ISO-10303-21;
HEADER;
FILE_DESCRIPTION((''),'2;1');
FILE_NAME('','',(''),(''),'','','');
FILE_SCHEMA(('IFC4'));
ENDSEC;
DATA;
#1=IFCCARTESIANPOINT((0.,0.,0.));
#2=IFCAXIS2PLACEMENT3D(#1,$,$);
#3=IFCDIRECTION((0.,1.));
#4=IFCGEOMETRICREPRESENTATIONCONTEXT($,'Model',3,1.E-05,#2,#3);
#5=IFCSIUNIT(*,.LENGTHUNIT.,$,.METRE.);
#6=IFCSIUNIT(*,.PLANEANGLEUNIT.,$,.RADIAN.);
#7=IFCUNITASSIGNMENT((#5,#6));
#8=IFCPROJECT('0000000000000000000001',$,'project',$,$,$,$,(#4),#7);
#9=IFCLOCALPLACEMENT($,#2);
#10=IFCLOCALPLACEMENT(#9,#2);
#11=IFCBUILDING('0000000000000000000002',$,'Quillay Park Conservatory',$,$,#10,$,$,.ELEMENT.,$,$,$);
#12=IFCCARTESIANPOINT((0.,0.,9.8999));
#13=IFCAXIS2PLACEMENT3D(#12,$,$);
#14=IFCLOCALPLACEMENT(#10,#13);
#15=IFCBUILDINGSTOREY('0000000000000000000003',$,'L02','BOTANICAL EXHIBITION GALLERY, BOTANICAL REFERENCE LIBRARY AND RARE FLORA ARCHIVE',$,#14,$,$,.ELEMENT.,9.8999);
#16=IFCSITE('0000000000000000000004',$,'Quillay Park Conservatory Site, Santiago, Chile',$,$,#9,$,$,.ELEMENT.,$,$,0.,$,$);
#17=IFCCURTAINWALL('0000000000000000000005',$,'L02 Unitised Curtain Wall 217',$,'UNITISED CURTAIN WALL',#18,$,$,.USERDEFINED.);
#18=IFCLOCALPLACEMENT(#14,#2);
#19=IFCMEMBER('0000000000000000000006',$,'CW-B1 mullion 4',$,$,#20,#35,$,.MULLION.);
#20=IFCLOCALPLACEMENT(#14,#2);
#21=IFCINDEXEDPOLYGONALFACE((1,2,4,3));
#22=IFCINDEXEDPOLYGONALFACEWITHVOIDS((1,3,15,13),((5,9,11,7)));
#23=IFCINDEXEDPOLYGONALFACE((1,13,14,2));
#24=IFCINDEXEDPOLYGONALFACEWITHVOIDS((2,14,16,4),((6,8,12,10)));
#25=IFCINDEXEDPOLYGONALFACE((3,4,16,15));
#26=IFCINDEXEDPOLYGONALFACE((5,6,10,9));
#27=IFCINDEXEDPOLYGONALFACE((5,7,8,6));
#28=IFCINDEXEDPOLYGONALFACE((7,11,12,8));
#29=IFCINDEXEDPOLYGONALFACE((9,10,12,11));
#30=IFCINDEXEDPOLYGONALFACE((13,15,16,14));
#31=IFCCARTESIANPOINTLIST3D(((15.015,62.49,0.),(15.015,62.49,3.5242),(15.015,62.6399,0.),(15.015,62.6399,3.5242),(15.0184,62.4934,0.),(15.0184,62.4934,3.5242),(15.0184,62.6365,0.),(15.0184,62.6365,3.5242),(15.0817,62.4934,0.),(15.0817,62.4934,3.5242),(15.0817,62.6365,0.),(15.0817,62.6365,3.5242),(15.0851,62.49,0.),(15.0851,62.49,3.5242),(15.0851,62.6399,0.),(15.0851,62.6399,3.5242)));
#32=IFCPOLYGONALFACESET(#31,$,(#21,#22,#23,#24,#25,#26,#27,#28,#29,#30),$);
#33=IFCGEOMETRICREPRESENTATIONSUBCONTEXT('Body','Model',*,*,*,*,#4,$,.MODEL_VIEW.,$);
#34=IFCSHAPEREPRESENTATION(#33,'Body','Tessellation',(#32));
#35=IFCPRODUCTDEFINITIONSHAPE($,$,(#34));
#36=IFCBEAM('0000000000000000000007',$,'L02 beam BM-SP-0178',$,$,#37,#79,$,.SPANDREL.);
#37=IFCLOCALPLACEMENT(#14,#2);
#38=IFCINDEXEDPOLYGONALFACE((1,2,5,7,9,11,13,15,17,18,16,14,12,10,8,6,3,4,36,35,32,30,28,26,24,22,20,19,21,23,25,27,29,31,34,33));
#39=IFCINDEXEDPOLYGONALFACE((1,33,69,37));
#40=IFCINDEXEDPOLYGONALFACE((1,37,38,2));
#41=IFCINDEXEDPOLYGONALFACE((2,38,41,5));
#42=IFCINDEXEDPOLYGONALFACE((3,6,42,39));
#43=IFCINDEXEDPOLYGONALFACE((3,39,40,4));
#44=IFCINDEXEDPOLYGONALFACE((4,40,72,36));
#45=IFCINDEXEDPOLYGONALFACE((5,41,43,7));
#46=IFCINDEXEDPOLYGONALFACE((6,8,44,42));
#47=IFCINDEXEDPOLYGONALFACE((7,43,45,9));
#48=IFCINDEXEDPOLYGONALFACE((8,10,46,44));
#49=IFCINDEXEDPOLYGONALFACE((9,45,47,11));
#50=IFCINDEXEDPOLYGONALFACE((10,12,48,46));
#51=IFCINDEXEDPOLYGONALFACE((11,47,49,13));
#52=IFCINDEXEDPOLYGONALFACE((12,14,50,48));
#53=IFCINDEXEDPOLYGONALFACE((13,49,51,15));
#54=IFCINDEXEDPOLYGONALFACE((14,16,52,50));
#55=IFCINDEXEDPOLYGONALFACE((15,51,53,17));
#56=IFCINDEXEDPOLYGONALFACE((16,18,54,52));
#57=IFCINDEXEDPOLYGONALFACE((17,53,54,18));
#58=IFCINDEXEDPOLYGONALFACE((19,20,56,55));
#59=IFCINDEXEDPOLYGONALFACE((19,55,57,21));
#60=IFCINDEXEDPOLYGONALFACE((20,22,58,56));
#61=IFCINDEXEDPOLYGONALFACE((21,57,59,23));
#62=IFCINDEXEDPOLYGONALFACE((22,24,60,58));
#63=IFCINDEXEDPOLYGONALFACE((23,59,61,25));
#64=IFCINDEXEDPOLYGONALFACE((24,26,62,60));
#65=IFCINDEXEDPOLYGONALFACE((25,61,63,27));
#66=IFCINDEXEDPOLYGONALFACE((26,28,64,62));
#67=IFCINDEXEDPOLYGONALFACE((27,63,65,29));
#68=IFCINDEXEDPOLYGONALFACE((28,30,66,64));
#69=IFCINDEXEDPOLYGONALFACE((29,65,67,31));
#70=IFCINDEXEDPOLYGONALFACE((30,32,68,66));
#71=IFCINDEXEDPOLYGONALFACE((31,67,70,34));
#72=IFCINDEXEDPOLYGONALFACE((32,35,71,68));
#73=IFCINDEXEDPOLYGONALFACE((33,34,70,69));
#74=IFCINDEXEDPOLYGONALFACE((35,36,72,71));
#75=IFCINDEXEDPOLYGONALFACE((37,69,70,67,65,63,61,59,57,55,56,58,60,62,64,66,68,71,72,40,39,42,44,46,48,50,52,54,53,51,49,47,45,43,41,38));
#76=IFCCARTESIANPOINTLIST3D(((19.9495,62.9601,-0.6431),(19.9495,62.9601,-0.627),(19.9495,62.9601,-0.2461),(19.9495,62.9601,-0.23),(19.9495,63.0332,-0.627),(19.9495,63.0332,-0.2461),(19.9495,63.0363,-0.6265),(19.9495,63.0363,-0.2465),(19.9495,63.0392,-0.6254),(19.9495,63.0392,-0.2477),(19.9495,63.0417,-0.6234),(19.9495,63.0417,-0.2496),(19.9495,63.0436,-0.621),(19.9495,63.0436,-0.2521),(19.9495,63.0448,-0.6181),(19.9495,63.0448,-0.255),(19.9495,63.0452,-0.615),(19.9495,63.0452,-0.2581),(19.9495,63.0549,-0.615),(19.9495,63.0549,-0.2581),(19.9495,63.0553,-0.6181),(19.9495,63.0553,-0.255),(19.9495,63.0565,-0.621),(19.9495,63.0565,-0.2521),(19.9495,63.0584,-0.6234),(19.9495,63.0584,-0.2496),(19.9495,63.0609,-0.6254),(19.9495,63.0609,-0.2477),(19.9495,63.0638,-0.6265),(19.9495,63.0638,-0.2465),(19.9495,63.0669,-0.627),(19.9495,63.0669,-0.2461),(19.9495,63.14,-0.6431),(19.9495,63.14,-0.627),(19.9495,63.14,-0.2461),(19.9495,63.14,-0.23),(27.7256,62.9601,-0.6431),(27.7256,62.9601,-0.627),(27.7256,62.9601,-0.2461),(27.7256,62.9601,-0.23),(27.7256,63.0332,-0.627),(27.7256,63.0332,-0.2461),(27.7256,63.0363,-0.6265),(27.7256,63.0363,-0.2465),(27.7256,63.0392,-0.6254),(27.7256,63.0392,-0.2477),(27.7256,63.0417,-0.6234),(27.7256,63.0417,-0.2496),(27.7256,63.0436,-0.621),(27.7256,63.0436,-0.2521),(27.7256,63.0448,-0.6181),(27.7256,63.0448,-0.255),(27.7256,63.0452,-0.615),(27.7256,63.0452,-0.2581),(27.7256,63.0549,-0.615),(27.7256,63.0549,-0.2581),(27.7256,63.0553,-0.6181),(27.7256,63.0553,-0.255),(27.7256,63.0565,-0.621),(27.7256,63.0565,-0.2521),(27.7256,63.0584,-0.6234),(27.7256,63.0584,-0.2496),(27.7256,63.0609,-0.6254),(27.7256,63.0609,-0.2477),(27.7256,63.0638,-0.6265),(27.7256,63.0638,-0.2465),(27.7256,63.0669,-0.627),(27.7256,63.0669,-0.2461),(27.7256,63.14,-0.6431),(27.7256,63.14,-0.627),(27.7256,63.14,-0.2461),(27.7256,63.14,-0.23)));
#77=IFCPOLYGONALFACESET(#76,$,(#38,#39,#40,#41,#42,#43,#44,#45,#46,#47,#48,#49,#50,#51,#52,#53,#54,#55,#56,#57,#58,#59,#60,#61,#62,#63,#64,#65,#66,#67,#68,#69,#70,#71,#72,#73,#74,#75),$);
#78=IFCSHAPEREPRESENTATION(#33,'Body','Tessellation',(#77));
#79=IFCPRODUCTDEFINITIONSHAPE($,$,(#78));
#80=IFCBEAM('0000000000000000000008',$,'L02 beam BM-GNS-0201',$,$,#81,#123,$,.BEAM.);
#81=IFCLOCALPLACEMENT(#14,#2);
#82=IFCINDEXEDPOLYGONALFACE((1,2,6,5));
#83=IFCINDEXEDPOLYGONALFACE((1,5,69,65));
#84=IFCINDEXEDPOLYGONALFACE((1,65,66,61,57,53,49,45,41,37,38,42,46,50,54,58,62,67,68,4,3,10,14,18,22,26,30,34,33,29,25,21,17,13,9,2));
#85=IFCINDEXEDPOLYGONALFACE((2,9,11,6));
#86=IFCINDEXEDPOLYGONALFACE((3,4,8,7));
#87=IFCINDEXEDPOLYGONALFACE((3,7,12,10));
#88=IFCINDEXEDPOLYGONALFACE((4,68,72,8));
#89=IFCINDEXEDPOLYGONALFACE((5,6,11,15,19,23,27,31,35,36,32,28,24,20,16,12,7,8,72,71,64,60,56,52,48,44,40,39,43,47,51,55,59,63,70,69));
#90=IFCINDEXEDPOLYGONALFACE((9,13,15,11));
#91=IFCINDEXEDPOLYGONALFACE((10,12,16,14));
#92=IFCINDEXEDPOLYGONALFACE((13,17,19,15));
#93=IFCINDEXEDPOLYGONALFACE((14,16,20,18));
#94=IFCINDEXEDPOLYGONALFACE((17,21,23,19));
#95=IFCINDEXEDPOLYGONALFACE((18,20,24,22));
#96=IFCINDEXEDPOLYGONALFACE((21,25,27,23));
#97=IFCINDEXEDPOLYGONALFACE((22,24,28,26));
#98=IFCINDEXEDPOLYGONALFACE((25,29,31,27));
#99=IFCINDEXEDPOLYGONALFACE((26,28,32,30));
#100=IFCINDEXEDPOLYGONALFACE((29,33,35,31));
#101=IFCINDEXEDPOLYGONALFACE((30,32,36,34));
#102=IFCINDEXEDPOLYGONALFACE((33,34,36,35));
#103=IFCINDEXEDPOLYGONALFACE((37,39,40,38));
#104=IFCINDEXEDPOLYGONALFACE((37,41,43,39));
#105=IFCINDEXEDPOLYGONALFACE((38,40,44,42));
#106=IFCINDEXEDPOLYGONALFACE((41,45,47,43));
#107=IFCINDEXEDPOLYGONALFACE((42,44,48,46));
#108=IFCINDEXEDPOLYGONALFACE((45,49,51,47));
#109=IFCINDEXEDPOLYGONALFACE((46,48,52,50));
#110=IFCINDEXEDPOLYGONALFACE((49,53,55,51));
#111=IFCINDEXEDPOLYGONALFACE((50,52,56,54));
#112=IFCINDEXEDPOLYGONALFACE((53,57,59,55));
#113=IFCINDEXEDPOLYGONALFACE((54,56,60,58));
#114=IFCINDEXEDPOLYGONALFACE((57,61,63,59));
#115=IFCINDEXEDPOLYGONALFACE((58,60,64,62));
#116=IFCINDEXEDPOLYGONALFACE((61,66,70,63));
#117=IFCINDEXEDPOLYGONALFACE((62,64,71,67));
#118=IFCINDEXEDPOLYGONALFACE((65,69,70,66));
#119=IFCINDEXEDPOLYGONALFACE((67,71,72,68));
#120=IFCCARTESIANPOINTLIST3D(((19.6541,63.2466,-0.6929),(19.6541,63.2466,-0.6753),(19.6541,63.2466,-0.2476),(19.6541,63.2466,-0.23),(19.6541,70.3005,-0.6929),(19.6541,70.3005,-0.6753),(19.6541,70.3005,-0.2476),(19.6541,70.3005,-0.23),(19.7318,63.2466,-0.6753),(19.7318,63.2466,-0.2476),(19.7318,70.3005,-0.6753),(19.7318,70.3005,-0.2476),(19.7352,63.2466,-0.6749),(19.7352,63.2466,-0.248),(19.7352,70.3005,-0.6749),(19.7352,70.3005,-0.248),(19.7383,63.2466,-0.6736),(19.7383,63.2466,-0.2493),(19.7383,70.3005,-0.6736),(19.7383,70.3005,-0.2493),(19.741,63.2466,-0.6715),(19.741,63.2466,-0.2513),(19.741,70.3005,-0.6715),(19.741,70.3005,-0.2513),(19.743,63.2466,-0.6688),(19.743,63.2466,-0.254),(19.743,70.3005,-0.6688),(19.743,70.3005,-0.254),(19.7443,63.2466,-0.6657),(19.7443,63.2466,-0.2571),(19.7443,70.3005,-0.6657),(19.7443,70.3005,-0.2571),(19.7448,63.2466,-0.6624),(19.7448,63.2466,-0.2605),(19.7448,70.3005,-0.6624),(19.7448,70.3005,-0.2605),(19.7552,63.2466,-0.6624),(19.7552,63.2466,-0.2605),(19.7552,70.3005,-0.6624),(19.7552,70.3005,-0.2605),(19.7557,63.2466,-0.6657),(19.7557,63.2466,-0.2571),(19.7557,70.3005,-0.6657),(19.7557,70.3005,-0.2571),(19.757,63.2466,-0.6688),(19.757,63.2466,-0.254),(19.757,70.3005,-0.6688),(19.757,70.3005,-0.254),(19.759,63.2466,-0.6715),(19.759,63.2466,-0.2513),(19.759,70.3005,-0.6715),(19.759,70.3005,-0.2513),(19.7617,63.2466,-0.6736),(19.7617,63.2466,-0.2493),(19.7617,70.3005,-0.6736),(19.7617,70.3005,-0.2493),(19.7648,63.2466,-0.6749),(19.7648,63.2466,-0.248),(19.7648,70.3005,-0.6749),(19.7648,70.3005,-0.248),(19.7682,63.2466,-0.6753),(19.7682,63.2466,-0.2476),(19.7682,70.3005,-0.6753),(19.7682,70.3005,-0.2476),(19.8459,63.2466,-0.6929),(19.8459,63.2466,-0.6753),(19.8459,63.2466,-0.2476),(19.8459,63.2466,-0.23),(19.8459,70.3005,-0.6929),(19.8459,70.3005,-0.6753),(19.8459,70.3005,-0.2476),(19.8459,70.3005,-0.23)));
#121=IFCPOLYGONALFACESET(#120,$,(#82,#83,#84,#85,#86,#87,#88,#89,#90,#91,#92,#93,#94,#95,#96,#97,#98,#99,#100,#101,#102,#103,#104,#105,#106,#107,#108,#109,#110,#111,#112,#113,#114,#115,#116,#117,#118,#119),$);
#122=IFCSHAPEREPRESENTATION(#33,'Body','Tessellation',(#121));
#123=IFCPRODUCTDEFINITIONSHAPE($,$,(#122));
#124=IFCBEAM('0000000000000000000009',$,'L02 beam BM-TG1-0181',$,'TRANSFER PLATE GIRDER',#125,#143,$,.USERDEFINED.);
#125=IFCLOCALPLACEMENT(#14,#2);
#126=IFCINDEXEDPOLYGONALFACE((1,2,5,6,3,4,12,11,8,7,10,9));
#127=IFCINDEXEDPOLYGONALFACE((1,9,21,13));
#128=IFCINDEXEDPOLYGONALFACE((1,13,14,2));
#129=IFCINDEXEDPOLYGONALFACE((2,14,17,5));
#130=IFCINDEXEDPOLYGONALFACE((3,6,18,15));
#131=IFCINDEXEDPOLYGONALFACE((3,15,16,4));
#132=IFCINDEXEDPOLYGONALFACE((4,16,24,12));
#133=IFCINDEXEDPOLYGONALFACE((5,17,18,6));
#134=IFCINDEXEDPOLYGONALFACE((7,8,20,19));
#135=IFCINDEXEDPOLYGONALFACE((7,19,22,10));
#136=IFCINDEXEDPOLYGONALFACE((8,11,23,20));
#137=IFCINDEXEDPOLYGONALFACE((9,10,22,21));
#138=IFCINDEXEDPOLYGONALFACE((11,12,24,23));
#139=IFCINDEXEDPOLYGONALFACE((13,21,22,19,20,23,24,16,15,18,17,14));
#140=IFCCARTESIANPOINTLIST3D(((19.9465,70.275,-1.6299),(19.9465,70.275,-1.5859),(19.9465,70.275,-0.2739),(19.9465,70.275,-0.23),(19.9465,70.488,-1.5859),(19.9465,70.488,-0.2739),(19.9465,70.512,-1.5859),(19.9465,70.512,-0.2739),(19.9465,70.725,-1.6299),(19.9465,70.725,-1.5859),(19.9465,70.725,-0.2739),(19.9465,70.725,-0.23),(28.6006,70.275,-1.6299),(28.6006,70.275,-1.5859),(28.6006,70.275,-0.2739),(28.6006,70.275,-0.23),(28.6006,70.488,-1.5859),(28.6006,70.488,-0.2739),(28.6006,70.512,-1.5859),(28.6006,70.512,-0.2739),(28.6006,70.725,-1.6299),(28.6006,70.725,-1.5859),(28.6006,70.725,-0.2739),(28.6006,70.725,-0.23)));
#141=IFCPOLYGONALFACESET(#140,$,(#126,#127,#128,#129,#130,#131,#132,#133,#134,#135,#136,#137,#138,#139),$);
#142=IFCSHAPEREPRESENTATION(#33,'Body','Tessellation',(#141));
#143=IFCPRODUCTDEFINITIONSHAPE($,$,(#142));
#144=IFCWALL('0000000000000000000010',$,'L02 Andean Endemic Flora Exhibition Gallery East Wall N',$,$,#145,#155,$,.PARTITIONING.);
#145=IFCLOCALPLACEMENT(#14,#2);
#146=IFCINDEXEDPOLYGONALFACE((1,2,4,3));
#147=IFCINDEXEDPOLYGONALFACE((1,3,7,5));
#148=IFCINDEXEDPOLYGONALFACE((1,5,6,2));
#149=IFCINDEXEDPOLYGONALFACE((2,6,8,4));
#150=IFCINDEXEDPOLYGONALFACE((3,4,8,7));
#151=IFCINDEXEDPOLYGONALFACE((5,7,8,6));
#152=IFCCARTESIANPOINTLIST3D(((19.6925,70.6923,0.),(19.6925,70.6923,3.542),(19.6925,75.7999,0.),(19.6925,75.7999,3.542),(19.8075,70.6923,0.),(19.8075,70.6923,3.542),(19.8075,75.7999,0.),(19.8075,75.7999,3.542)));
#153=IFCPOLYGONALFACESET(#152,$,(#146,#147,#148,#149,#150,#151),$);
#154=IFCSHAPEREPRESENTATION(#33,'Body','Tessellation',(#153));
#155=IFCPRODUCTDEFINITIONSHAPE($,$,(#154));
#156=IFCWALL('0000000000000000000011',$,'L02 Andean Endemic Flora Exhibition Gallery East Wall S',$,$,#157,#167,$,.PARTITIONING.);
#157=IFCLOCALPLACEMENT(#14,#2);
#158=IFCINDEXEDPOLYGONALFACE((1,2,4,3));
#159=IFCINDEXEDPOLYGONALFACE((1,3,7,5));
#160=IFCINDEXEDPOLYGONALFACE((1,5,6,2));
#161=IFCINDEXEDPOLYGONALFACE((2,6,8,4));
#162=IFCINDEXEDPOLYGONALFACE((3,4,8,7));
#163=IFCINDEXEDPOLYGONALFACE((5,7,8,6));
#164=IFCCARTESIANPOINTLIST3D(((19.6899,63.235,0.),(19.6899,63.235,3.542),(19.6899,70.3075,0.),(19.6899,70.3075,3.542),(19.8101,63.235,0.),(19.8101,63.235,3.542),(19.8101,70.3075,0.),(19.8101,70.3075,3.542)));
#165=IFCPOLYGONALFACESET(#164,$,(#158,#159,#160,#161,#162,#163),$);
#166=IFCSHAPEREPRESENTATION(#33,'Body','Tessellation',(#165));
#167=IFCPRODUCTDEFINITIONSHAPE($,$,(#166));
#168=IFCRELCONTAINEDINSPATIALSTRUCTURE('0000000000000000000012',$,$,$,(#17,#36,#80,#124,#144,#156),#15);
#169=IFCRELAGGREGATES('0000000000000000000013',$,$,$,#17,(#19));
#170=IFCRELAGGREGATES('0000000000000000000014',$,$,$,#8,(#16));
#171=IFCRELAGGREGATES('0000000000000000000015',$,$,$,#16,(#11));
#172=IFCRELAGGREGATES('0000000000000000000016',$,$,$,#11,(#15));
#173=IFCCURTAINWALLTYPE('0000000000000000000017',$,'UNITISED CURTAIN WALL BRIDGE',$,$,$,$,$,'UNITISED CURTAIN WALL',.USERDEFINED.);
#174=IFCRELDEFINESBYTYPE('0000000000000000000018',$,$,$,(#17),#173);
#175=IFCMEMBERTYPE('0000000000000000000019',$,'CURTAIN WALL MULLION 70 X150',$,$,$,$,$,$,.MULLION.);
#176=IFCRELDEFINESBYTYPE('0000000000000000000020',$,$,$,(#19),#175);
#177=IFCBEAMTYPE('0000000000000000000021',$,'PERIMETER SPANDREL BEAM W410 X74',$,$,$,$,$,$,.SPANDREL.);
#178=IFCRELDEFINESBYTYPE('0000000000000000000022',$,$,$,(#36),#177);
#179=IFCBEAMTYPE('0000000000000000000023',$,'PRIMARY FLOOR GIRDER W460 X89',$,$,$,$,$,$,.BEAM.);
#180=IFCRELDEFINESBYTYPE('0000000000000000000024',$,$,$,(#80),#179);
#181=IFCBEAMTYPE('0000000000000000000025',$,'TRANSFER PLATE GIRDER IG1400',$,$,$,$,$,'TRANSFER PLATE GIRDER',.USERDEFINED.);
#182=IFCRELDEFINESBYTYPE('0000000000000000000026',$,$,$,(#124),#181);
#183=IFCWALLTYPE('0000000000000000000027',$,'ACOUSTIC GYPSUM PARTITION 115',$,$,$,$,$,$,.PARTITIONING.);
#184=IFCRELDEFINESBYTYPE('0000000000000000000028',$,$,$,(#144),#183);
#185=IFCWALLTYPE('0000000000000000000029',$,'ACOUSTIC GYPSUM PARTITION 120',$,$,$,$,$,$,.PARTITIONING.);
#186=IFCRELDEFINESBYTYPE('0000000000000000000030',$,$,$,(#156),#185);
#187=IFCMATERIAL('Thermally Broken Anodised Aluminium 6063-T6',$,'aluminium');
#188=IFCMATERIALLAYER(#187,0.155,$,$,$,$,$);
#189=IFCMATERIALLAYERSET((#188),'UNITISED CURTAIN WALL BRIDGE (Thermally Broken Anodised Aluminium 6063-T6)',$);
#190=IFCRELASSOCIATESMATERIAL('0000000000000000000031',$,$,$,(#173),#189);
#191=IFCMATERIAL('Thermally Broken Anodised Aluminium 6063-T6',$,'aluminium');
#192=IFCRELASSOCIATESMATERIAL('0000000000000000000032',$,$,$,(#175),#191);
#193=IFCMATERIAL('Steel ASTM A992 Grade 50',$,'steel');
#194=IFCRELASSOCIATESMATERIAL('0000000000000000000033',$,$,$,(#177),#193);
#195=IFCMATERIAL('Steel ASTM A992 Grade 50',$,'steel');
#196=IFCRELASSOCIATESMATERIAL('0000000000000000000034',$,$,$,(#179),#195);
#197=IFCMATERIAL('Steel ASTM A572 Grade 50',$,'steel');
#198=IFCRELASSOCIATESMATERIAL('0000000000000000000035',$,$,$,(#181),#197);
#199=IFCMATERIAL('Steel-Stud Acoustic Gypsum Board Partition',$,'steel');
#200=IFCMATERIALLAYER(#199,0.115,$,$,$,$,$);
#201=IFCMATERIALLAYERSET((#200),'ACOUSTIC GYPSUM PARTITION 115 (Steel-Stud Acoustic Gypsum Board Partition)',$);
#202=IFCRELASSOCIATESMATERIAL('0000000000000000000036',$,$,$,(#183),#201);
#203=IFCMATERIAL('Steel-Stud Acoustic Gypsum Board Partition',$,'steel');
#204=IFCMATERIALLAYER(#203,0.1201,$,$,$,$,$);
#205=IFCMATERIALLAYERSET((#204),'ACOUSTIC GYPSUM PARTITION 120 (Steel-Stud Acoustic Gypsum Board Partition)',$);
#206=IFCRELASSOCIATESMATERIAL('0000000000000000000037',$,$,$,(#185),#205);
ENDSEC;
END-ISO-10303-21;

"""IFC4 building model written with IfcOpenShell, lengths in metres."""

from ifc_helpers import new_model, si_unit, direction, frame, frame_2d, origin, origin_2d, place, context, subcontext, project, spatial, rectangle, hollow_rectangle, i_section, extrude, material, layer, layer_set, material_profile, profile_set, type_object, element, aggregate, save


model = new_model("IFC4")

# Units and contexts
model_context = context("Model", 3, precision=1e-05, world=origin(), true_north=direction((0.0, 1.0)))
body_context = subcontext(model_context, "Body", "Model", "MODEL_VIEW")
ifc_project = project(units=[si_unit("LENGTHUNIT", "METRE"), si_unit("PLANEANGLEUNIT", "RADIAN")], contexts=[model_context])

# Site, building, storey
site_placement = place(None, origin())
site = spatial("IfcSite", under=ifc_project, at=site_placement, Name="Quillay Park Conservatory Site, Santiago, Chile", CompositionType="ELEMENT", RefElevation=0.0)
building_placement = place(site_placement, origin())
building = spatial("IfcBuilding", under=site, at=building_placement, Name="Quillay Park Conservatory", CompositionType="ELEMENT")
storey_placement = place(building_placement, frame((0.0, 0.0, 9.8999)))
storey = spatial("IfcBuildingStorey", under=building, at=storey_placement, Name="L02", Description="BOTANICAL EXHIBITION GALLERY, BOTANICAL REFERENCE LIBRARY AND RARE FLORA ARCHIVE", CompositionType="ELEMENT", Elevation=9.8999)

# Curtain wall, member
ifc_material_1 = material(Name="Thermally Broken Anodised Aluminium 6063-T6", Category="aluminium")
ifc_layer_1 = layer(ifc_material_1, 0.155)
ifc_layer_set_1 = layer_set([ifc_layer_1], Name="UNITISED CURTAIN WALL BRIDGE (Thermally Broken Anodised Aluminium 6063-T6)")
curtain_wall_type = type_object("IfcCurtainWallType", Name="UNITISED CURTAIN WALL BRIDGE", ElementType="UNITISED CURTAIN WALL", PredefinedType="USERDEFINED", material=ifc_layer_set_1)
curtain_wall_placement = place(storey_placement, origin())
curtain_wall = element("IfcCurtainWall", 1, at=curtain_wall_placement, inside=storey, type_object=curtain_wall_type, Name="L02 Unitised Curtain Wall 217", ObjectType="UNITISED CURTAIN WALL", PredefinedType="USERDEFINED")
ifc_material_2 = material(Name="Thermally Broken Anodised Aluminium 6063-T6", Category="aluminium")
ifc_material_profile_1 = material_profile(ifc_material_2, hollow_rectangle(XDim=0.0701, YDim=0.1499, WallThickness=0.0034, at=origin_2d()), Name="AL70x150x3.5")
ifc_profile_set_1 = profile_set([ifc_material_profile_1], Name="Thermally Broken Anodised Aluminium 6063-T6")
member_type = type_object("IfcMemberType", Name="CURTAIN WALL MULLION 70 X150", PredefinedType="MULLION", material=ifc_profile_set_1)
member_placement = place(storey_placement, frame((15.05, 62.5649, 0.0), z_axis=(0.0, 0.0, 1.0), x_axis=(-1.0, 0.0, 0.0)))
member = element("IfcMember", 2, at=member_placement, type_object=member_type, Name="CW-B1 mullion 4", PredefinedType="MULLION", context=body_context, shape_type="SweptSolid", body=[
    extrude(hollow_rectangle(XDim=0.0701, YDim=0.1499, WallThickness=0.0034, at=origin_2d()), origin(), (0.0, 0.0, 1.0), 3.5242),
])
aggregate(curtain_wall, [member])

# Beams
ifc_material_3 = material(Name="Steel ASTM A992 Grade 50", Category="steel")
ifc_material_profile_2 = material_profile(ifc_material_3, i_section(OverallWidth=0.1799, OverallDepth=0.4131, WebThickness=0.0098, FlangeThickness=0.0161, FilletRadius=0.012, at=origin_2d()), Name="W410x74")
ifc_profile_set_2 = profile_set([ifc_material_profile_2], Name="Steel ASTM A992 Grade 50")
beam_type_1 = type_object("IfcBeamType", Name="PERIMETER SPANDREL BEAM W410 X74", PredefinedType="SPANDREL", material=ifc_profile_set_2)
beam_1_placement = place(storey_placement, frame((19.9495, 63.05, -0.4365), z_axis=(1.0, 0.0, 0.0), x_axis=(0.0, 1.0, 0.0)))
element("IfcBeam", 3, at=beam_1_placement, inside=storey, type_object=beam_type_1, Name="L02 beam BM-SP-0178", PredefinedType="SPANDREL", context=body_context, shape_type="SweptSolid", body=[
    extrude(i_section(OverallWidth=0.1799, OverallDepth=0.4131, WebThickness=0.0098, FlangeThickness=0.0161, FilletRadius=0.012, at=origin_2d()), origin(), (0.0, 0.0, 1.0), 7.7761),
])
ifc_material_4 = material(Name="Steel ASTM A992 Grade 50", Category="steel")
ifc_material_profile_3 = material_profile(ifc_material_4, i_section(OverallWidth=0.1919, OverallDepth=0.4629, WebThickness=0.0105, FlangeThickness=0.0176, FilletRadius=0.0129, at=origin_2d()), Name="W460x89")
ifc_profile_set_3 = profile_set([ifc_material_profile_3], Name="Steel ASTM A992 Grade 50")
beam_type_2 = type_object("IfcBeamType", Name="PRIMARY FLOOR GIRDER W460 X89", PredefinedType="BEAM", material=ifc_profile_set_3)
beam_2_placement = place(storey_placement, frame((19.75, 63.2466, -0.4614), z_axis=(0.0, 1.0, 0.0), x_axis=(-1.0, 0.0, 0.0)))
element("IfcBeam", 4, at=beam_2_placement, inside=storey, type_object=beam_type_2, Name="L02 beam BM-GNS-0201", PredefinedType="BEAM", context=body_context, shape_type="SweptSolid", body=[
    extrude(i_section(OverallWidth=0.1919, OverallDepth=0.4629, WebThickness=0.0105, FlangeThickness=0.0176, FilletRadius=0.0129, at=origin_2d()), origin(), (0.0, 0.0, 1.0), 7.054),
])
ifc_material_5 = material(Name="Steel ASTM A572 Grade 50", Category="steel")
ifc_material_profile_4 = material_profile(ifc_material_5, i_section(OverallWidth=0.45, OverallDepth=1.3999, WebThickness=0.0239, FlangeThickness=0.0439, at=origin_2d()), Name="IG1400x450")
ifc_profile_set_4 = profile_set([ifc_material_profile_4], Name="Steel ASTM A572 Grade 50")
beam_type_3 = type_object("IfcBeamType", Name="TRANSFER PLATE GIRDER IG1400", ElementType="TRANSFER PLATE GIRDER", PredefinedType="USERDEFINED", material=ifc_profile_set_4)
beam_3_placement = place(storey_placement, frame((19.9465, 70.5, -0.9299), z_axis=(1.0, 0.0, 0.0), x_axis=(0.0, 1.0, 0.0)))
element("IfcBeam", 5, at=beam_3_placement, inside=storey, type_object=beam_type_3, Name="L02 beam BM-TG1-0181", ObjectType="TRANSFER PLATE GIRDER", PredefinedType="USERDEFINED", context=body_context, shape_type="SweptSolid", body=[
    extrude(i_section(OverallWidth=0.45, OverallDepth=1.3999, WebThickness=0.0239, FlangeThickness=0.0439, at=origin_2d()), origin(), (0.0, 0.0, 1.0), 8.6541),
])

# Walls
ifc_material_6 = material(Name="Steel-Stud Acoustic Gypsum Board Partition", Category="steel")
ifc_layer_2 = layer(ifc_material_6, 0.115)
ifc_layer_set_2 = layer_set([ifc_layer_2], Name="ACOUSTIC GYPSUM PARTITION 115 (Steel-Stud Acoustic Gypsum Board Partition)")
wall_type_1 = type_object("IfcWallType", Name="ACOUSTIC GYPSUM PARTITION 115", PredefinedType="PARTITIONING", material=ifc_layer_set_2)
wall_1_placement = place(storey_placement, frame((19.75, 70.6924, 0.0), z_axis=(0.0, 0.0, 1.0), x_axis=(0.0, 1.0, 0.0)))
element("IfcWall", 6, at=wall_1_placement, inside=storey, type_object=wall_type_1, Name="L02 Andean Endemic Flora Exhibition Gallery East Wall N", PredefinedType="PARTITIONING", context=body_context, shape_type="SweptSolid", body=[
    extrude(rectangle(XDim=5.1077, YDim=0.115, at=frame_2d((2.5537, 0.0))), origin(), (0.0, 0.0, 1.0), 3.542),
])
ifc_material_7 = material(Name="Steel-Stud Acoustic Gypsum Board Partition", Category="steel")
ifc_layer_3 = layer(ifc_material_7, 0.1201)
ifc_layer_set_3 = layer_set([ifc_layer_3], Name="ACOUSTIC GYPSUM PARTITION 120 (Steel-Stud Acoustic Gypsum Board Partition)")
wall_type_2 = type_object("IfcWallType", Name="ACOUSTIC GYPSUM PARTITION 120", PredefinedType="PARTITIONING", material=ifc_layer_set_3)
wall_2_placement = place(storey_placement, frame((19.75, 63.2351, 0.0), z_axis=(0.0, 0.0, 1.0), x_axis=(0.0, 1.0, 0.0)))
element("IfcWall", 7, at=wall_2_placement, inside=storey, type_object=wall_type_2, Name="L02 Andean Endemic Flora Exhibition Gallery East Wall S", PredefinedType="PARTITIONING", context=body_context, shape_type="SweptSolid", body=[
    extrude(rectangle(XDim=7.0725, YDim=0.1201, at=frame_2d((3.5361, 0.0))), origin(), (0.0, 0.0, 1.0), 3.542),
])

save(model, "model.ifc")
